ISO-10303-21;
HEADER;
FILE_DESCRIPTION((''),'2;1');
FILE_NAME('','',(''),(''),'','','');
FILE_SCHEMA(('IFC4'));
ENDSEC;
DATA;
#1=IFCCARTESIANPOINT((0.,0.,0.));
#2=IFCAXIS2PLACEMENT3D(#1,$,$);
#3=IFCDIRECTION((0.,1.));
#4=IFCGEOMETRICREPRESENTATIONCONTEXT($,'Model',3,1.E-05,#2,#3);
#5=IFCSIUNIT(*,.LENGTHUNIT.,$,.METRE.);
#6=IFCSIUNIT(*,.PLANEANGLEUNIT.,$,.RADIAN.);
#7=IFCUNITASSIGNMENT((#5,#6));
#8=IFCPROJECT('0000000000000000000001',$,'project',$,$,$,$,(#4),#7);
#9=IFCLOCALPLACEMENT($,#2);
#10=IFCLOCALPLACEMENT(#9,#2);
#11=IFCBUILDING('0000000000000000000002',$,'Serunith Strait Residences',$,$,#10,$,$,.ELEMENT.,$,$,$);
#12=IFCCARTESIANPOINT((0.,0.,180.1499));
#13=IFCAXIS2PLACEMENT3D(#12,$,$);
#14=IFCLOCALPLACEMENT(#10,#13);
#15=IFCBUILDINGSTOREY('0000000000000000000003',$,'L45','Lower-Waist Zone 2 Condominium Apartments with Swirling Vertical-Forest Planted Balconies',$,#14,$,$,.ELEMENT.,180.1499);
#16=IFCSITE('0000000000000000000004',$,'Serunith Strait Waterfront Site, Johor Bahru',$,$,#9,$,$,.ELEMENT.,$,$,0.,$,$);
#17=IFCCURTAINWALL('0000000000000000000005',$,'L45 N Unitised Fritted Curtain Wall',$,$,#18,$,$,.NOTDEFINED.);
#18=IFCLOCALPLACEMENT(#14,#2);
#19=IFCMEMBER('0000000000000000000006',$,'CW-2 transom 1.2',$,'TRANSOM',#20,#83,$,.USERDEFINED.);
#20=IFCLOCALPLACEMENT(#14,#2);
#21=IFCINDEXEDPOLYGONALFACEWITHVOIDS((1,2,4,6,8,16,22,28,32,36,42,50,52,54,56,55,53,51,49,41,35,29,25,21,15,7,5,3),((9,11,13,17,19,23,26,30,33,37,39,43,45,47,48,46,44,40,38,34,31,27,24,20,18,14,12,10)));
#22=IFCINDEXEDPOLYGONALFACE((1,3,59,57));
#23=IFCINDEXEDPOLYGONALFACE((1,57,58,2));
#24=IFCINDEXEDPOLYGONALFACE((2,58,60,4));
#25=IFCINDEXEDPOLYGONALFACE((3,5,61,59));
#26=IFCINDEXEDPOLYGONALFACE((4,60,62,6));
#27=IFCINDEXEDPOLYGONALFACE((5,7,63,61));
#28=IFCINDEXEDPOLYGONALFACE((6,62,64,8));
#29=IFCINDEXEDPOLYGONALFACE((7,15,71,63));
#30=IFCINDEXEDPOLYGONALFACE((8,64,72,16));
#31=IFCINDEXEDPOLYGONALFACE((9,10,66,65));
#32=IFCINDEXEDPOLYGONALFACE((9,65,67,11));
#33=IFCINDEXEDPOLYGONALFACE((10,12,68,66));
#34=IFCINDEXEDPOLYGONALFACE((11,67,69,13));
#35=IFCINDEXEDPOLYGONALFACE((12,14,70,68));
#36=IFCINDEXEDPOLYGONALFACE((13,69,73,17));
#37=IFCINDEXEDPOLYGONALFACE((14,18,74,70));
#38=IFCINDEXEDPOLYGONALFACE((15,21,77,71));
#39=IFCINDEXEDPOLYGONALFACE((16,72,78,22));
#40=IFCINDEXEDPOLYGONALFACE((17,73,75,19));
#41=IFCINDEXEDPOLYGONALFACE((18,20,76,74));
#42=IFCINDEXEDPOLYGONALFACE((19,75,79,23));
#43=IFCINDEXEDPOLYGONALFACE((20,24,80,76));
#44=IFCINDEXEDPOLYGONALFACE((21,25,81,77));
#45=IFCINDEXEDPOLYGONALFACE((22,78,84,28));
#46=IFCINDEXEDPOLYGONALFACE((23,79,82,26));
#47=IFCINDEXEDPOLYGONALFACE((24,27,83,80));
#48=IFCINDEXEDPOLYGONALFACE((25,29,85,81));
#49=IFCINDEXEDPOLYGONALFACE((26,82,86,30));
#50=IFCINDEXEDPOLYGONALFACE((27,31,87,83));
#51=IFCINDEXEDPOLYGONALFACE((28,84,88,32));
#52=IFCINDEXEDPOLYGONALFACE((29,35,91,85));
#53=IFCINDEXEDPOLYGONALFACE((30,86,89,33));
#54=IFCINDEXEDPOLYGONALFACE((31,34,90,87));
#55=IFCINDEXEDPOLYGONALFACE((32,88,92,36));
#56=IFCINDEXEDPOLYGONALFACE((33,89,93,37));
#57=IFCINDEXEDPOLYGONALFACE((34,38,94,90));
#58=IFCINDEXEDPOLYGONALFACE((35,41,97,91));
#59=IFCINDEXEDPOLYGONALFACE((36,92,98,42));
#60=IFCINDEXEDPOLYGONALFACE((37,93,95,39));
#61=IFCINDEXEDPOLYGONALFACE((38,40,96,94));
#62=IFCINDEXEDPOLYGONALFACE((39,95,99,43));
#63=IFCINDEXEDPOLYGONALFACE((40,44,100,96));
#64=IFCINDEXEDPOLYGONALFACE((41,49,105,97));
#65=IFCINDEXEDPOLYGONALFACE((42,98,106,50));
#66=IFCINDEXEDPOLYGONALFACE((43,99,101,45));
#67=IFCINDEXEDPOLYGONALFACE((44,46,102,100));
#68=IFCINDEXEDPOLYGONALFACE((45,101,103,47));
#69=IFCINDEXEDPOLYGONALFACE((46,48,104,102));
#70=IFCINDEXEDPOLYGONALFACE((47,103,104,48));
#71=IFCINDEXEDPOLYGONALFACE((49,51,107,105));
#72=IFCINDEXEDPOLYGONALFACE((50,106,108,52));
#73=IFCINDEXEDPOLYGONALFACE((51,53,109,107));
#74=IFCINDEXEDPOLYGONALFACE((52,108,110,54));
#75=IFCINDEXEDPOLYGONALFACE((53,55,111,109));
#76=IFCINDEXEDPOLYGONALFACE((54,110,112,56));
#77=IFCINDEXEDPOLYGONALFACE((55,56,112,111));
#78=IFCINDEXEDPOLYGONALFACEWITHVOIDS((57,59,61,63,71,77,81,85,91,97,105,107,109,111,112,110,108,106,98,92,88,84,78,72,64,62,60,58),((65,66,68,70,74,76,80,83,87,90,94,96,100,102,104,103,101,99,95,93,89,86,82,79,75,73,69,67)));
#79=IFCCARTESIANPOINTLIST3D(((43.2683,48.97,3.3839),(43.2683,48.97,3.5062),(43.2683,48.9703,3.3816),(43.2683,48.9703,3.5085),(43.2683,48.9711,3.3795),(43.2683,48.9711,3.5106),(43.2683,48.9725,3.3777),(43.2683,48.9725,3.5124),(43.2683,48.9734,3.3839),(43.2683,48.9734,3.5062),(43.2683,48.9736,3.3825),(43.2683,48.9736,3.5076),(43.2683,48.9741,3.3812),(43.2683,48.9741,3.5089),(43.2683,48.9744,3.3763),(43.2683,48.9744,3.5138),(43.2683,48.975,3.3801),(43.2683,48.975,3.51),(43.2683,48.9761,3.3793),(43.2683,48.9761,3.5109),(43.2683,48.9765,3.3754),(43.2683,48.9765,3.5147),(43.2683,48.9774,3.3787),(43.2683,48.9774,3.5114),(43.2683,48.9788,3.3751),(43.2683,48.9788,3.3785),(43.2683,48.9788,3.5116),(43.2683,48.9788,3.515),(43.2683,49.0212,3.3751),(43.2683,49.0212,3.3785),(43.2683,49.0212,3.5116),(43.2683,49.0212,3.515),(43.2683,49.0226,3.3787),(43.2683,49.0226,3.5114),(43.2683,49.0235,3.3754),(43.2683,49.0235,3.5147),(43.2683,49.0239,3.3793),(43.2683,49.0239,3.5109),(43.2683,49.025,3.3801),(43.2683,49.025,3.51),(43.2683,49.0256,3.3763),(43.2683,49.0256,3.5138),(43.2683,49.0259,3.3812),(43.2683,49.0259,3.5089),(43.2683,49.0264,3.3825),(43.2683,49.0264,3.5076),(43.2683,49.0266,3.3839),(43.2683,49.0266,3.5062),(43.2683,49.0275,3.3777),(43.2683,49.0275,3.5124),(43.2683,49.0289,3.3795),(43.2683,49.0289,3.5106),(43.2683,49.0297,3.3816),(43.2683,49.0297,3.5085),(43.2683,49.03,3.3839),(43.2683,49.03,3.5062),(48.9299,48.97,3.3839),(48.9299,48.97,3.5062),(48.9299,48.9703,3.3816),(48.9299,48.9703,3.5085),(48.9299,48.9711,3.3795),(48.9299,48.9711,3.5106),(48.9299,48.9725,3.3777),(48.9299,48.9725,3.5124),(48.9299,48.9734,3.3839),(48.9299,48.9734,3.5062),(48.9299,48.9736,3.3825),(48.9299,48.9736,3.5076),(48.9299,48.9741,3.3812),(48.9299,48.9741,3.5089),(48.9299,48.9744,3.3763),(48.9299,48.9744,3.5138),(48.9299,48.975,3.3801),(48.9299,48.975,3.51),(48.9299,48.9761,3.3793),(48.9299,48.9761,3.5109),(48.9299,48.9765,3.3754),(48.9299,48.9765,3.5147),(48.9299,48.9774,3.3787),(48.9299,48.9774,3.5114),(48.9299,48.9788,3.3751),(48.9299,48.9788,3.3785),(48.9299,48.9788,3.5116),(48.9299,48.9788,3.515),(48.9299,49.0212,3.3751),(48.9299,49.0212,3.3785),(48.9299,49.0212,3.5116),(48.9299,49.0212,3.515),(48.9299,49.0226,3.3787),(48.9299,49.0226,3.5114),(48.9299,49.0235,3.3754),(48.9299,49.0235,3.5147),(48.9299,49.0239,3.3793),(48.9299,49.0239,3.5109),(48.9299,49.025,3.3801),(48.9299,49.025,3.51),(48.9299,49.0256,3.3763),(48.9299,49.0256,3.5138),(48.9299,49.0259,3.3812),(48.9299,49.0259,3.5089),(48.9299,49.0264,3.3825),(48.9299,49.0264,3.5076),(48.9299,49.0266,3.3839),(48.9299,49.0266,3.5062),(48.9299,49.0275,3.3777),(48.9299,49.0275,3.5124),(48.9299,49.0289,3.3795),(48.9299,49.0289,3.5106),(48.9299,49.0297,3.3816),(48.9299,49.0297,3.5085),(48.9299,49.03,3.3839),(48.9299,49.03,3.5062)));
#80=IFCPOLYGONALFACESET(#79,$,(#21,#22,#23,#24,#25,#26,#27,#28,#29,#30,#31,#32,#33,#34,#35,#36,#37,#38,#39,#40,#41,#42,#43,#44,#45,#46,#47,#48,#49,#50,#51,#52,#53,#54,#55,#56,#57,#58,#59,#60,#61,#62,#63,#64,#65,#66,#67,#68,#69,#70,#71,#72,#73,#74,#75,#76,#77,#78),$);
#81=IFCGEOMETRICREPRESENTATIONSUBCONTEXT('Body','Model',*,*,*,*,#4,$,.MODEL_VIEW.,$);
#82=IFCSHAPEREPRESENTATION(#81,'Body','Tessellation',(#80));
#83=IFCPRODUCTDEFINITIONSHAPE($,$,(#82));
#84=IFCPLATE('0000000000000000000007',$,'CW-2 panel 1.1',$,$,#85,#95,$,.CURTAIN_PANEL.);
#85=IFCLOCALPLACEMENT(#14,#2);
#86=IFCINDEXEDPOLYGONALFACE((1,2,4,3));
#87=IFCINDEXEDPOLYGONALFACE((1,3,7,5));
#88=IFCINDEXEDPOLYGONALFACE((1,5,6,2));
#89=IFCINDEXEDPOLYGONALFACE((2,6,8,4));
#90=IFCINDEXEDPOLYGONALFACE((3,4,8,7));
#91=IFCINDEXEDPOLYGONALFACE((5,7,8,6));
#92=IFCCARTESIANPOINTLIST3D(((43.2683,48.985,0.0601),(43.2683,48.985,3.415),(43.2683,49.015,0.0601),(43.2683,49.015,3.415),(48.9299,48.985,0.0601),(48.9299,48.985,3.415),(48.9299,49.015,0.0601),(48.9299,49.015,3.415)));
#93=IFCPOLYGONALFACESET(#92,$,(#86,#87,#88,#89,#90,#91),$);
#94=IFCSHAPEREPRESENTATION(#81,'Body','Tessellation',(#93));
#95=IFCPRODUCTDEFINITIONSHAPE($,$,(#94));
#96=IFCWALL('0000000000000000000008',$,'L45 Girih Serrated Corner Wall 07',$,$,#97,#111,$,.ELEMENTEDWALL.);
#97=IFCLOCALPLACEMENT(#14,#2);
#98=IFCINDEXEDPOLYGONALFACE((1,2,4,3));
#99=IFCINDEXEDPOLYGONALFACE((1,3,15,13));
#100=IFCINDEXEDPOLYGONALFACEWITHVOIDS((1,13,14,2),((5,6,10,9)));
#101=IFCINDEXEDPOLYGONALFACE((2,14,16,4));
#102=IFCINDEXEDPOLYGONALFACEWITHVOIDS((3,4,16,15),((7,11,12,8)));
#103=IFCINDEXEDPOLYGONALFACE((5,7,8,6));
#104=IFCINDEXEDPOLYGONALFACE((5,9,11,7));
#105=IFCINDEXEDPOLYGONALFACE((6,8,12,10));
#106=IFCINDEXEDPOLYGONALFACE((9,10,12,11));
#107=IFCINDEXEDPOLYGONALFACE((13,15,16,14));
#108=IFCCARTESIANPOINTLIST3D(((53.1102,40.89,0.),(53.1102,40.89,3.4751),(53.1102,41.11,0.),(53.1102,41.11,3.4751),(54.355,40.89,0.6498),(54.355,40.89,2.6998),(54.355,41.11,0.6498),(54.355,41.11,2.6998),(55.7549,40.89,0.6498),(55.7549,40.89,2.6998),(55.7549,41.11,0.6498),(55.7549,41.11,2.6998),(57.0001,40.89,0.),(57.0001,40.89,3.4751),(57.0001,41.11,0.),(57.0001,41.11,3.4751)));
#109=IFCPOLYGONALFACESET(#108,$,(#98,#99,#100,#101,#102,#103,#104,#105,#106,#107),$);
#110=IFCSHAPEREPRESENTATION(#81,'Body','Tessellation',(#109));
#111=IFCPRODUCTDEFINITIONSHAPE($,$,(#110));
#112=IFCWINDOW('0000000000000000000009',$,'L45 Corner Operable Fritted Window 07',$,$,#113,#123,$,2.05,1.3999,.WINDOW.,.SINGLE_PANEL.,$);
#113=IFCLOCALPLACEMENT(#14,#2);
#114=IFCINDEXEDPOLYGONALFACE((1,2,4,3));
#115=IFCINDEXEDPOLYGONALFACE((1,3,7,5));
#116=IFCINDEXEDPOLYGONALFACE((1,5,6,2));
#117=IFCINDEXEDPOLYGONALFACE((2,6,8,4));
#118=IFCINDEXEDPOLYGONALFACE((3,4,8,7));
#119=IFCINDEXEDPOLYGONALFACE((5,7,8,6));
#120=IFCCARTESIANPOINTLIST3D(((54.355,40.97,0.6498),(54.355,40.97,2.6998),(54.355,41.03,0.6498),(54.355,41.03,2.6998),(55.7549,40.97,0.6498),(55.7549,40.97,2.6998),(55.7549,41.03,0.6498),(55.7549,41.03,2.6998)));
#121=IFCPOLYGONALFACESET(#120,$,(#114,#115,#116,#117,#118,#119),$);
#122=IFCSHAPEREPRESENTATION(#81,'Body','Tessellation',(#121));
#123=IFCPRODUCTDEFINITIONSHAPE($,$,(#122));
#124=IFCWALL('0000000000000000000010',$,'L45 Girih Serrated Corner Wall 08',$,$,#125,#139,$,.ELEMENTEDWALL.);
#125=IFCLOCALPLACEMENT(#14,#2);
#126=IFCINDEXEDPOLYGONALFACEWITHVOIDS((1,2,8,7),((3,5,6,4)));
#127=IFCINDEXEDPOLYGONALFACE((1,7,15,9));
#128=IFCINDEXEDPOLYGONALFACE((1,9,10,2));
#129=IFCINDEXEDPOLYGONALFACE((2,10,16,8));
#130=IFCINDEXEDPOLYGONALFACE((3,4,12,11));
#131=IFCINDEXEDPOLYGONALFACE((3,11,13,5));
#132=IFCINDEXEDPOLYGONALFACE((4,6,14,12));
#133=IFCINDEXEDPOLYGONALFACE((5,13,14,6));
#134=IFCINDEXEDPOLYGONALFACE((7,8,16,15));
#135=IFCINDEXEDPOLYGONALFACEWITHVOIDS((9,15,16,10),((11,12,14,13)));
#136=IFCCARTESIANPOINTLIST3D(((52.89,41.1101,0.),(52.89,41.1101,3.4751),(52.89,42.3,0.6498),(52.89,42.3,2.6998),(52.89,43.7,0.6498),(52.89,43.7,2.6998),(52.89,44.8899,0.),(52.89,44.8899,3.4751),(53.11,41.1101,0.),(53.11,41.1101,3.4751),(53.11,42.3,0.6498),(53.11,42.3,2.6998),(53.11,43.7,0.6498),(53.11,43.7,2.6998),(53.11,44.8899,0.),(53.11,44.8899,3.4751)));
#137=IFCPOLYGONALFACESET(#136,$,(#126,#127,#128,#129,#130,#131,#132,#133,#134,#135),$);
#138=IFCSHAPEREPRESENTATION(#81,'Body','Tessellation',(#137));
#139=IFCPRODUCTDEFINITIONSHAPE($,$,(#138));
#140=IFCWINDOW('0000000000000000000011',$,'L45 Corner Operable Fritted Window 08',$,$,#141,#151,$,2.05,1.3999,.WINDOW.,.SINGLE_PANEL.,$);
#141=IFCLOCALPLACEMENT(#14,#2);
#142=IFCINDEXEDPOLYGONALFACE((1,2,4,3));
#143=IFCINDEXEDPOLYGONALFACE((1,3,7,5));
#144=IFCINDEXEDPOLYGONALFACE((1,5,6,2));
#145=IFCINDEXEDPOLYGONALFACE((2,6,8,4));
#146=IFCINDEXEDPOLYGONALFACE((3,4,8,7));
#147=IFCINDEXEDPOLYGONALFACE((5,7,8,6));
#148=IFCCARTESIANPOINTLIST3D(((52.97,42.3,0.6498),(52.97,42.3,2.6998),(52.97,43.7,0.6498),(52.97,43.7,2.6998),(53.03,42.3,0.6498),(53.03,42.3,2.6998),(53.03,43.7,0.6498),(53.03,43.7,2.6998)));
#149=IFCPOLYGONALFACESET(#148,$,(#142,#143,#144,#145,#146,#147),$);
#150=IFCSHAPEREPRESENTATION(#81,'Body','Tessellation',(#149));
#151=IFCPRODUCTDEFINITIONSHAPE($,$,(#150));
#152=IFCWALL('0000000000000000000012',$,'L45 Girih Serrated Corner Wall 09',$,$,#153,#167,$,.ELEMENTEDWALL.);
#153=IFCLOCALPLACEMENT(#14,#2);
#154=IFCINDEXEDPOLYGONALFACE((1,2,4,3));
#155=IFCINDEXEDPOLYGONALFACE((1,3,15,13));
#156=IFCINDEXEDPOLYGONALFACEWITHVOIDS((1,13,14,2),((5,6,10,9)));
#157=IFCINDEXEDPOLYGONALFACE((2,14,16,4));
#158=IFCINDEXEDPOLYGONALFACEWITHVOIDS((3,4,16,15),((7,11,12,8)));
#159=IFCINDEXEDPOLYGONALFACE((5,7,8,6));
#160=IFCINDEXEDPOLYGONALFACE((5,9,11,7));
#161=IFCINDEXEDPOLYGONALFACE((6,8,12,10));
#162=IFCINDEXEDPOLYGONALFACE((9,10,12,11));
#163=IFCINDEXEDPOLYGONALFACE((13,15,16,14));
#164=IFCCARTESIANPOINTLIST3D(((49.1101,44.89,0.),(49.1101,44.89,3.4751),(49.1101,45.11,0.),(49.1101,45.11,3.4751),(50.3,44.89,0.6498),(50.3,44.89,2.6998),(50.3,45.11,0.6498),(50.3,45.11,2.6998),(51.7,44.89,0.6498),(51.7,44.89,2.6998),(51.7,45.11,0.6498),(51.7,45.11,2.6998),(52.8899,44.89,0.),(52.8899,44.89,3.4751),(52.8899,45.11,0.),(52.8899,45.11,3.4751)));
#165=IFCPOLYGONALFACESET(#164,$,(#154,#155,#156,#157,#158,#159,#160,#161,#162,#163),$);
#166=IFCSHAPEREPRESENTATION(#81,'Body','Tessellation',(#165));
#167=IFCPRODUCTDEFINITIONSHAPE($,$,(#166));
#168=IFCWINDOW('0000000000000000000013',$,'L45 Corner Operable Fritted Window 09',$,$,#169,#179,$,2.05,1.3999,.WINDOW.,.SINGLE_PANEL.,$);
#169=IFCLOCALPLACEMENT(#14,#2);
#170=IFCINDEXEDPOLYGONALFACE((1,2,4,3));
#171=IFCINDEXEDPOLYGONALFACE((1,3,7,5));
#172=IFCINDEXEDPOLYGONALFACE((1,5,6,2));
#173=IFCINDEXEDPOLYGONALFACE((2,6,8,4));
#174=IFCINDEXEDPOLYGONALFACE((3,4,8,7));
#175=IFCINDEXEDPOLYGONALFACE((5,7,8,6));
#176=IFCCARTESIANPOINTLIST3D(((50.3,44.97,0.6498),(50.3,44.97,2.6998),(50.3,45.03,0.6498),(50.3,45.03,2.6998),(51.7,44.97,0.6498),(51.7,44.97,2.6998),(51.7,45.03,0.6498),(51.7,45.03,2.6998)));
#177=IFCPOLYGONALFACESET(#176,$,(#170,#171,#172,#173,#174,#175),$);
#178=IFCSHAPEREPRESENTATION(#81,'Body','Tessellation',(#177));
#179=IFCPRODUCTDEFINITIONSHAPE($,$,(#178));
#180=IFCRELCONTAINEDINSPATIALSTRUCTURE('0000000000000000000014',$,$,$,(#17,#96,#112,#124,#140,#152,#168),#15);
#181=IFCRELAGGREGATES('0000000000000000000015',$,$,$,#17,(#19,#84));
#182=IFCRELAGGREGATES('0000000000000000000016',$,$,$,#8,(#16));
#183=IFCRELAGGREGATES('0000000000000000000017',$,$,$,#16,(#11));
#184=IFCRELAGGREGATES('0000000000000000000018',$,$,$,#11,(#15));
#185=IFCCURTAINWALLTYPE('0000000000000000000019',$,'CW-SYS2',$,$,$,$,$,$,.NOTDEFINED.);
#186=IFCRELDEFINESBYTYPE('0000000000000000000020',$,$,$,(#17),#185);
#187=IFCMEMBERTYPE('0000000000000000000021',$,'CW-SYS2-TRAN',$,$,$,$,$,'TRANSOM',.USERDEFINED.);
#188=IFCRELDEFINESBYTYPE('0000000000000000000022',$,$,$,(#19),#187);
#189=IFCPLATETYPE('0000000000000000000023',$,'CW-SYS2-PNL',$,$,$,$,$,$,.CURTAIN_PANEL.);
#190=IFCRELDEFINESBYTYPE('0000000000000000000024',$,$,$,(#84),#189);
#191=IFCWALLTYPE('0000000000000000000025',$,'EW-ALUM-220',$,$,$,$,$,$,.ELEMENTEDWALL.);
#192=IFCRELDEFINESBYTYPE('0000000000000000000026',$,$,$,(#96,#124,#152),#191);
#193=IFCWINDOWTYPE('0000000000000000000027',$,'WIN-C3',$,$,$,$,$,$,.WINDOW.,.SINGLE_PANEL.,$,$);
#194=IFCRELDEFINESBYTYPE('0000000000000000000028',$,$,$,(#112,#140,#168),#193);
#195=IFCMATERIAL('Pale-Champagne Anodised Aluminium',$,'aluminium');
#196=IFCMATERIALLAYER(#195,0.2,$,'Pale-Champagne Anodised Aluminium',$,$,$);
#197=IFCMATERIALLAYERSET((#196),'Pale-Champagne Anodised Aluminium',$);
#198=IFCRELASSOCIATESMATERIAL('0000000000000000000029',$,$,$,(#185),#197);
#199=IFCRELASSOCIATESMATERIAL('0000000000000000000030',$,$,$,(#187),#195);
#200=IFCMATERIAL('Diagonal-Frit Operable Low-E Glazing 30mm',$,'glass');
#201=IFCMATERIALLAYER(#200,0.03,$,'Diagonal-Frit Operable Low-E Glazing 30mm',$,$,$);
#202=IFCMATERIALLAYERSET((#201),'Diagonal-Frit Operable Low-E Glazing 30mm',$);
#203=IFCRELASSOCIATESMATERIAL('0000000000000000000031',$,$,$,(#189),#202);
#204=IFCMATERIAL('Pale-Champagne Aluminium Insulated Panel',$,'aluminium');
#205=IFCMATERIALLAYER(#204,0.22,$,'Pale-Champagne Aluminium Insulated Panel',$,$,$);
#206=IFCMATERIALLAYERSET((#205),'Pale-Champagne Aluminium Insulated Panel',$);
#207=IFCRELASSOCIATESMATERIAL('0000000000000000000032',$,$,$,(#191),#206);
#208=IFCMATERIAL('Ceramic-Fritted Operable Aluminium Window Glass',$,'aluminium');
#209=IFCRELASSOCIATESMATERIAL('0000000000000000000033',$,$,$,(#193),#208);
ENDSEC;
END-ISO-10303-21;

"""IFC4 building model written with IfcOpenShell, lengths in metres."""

from ifc_helpers import new_model, si_unit, direction, frame, frame_2d, origin, origin_2d, place, context, subcontext, project, spatial, rectangle, hollow_rectangle, extrude, source, transform, mapped, material, layer, layer_set, material_profile, profile_set, type_object, element, fill, aggregate, save


model = new_model("IFC4")

# Units and contexts
model_context = context("Model", 3, precision=1e-05, world=origin(), true_north=direction((0.0, 1.0)))
body_context = subcontext(model_context, "Body", "Model", "MODEL_VIEW")
ifc_project = project(units=[si_unit("LENGTHUNIT", "METRE"), si_unit("PLANEANGLEUNIT", "RADIAN")], contexts=[model_context])

# Site, building, storey
site_placement = place(None, origin())
site = spatial("IfcSite", under=ifc_project, at=site_placement, Name="Serunith Strait Waterfront Site, Johor Bahru", CompositionType="ELEMENT", RefElevation=0.0)
building_placement = place(site_placement, origin())
building = spatial("IfcBuilding", under=site, at=building_placement, Name="Serunith Strait Residences", CompositionType="ELEMENT")
storey_placement = place(building_placement, frame((0.0, 0.0, 180.1499)))
storey = spatial("IfcBuildingStorey", under=building, at=storey_placement, Name="L45", Description="Lower-Waist Zone 2 Condominium Apartments with Swirling Vertical-Forest Planted Balconies", CompositionType="ELEMENT", Elevation=180.1499)

# Shared definitions
ifc_material_1 = material(Name="Pale-Champagne Anodised Aluminium", Category="aluminium")
ifc_layer_1 = layer(ifc_material_1, 0.2, Name="Pale-Champagne Anodised Aluminium")
ifc_layer_set_1 = layer_set([ifc_layer_1], Name="Pale-Champagne Anodised Aluminium")
curtain_wall_type = type_object("IfcCurtainWallType", Name="CW-SYS2", PredefinedType="NOTDEFINED", material=ifc_layer_set_1)

# Curtain wall, member, plate
curtain_wall_1_placement = place(storey_placement, origin())
curtain_wall_1 = element("IfcCurtainWall", 1, at=curtain_wall_1_placement, inside=storey, type_object=curtain_wall_type, Name="L45 N Unitised Fritted Curtain Wall", PredefinedType="NOTDEFINED")
ifc_material_profile_1 = material_profile(ifc_material_1, hollow_rectangle(XDim=0.0601, YDim=0.1399, WallThickness=0.0034, InnerFilletRadius=0.0054, OuterFilletRadius=0.0088, at=origin_2d()), Name="ALU 140x60x3.5")
ifc_profile_set_1 = profile_set([ifc_material_profile_1], Name="Pale-Champagne Anodised Aluminium")
member_type_1 = type_object("IfcMemberType", Name="CW-SYS2-TRAN", ElementType="TRANSOM", PredefinedType="USERDEFINED", material=ifc_profile_set_1)
shared_shape_1 = source(origin(), body_context, "Body", "SweptSolid", [
    extrude(hollow_rectangle(XDim=0.0601, YDim=0.1399, WallThickness=0.0034, InnerFilletRadius=0.0054, OuterFilletRadius=0.0088, at=origin_2d()), origin(), (0.0, 0.0, 1.0), 5.6616),
])
member_1_placement = place(storey_placement, frame((48.9299, 49.0, 3.4451), z_axis=(-1.0, 0.0, 0.0), x_axis=(0.0, -1.0, 0.0)))
member_1 = element("IfcMember", 2, at=member_1_placement, type_object=member_type_1, Name="CW-2 transom 1.2", ObjectType="TRANSOM", PredefinedType="USERDEFINED", context=body_context, shape_type="MappedRepresentation", body=[
    mapped(shared_shape_1, transform((0.0, 0.0, 0.0), scale=1.0)),
])
ifc_material_2 = material(Name="Diagonal-Frit Operable Low-E Glazing 30mm", Category="glass")
ifc_layer_2 = layer(ifc_material_2, 0.03, Name="Diagonal-Frit Operable Low-E Glazing 30mm")
ifc_layer_set_2 = layer_set([ifc_layer_2], Name="Diagonal-Frit Operable Low-E Glazing 30mm")
plate_type = type_object("IfcPlateType", Name="CW-SYS2-PNL", PredefinedType="CURTAIN_PANEL", material=ifc_layer_set_2)
shared_shape_2 = source(origin(), body_context, "Body", "SweptSolid", [
    extrude(rectangle(XDim=5.6616, YDim=0.03, at=origin_2d()), origin(), (0.0, 0.0, 1.0), 3.355),
])
plate_placement = place(storey_placement, frame((46.0991, 49.0, 0.0601), z_axis=(0.0, 0.0, 1.0), x_axis=(-1.0, 0.0, 0.0)))
plate = element("IfcPlate", 3, at=plate_placement, type_object=plate_type, Name="CW-2 panel 1.1", PredefinedType="CURTAIN_PANEL", context=body_context, shape_type="MappedRepresentation", body=[
    mapped(shared_shape_2, transform((0.0, 0.0, 0.0), scale=1.0)),
])
aggregate(curtain_wall_1, [member_1, plate])

# Walls, openings, windows
ifc_material_3 = material(Name="Pale-Champagne Aluminium Insulated Panel", Category="aluminium")
ifc_layer_3 = layer(ifc_material_3, 0.22, Name="Pale-Champagne Aluminium Insulated Panel")
ifc_layer_set_3 = layer_set([ifc_layer_3], Name="Pale-Champagne Aluminium Insulated Panel")
wall_type_1 = type_object("IfcWallType", Name="EW-ALUM-220", PredefinedType="ELEMENTEDWALL", material=ifc_layer_set_3)
wall_1_placement = place(storey_placement, frame((57.0, 41.0, 0.0), z_axis=(0.0, 0.0, 1.0), x_axis=(-1.0, 0.0, 0.0)))
wall_1 = element("IfcWall", 4, at=wall_1_placement, inside=storey, type_object=wall_type_1, Name="L45 Girih Serrated Corner Wall 07", PredefinedType="ELEMENTEDWALL", context=body_context, shape_type="SweptSolid", body=[
    extrude(rectangle(XDim=3.8899, YDim=0.22, at=frame_2d((1.9448, 0.0))), origin(), (0.0, 0.0, 1.0), 3.4751),
])
opening_1_placement = place(wall_1_placement, frame((1.2451, 0.0, 0.6499)))
opening_1 = element("IfcOpeningElement", 5, at=opening_1_placement, cuts=wall_1, PredefinedType="OPENING", context=body_context, shape_type="SweptSolid", body=[
    extrude(rectangle(XDim=1.3999, YDim=2.05, at=frame_2d((0.7, 1.0249))), frame((0.0, 0.1201, 0.0), z_axis=(0.0, -1.0, 0.0), x_axis=(1.0, 0.0, 0.0)), (0.0, 0.0, 1.0), 0.24),
])
ifc_material_4 = material(Name="Ceramic-Fritted Operable Aluminium Window Glass", Category="aluminium")
window_type = type_object("IfcWindowType", Name="WIN-C3", PartitioningType="SINGLE_PANEL", PredefinedType="WINDOW", material=ifc_material_4)
shared_shape_3 = source(origin(), body_context, "Body", "SweptSolid", [
    extrude(rectangle(XDim=1.3999, YDim=2.05, at=frame_2d((0.7, 1.0249))), frame((0.0, 0.03, 0.0), z_axis=(0.0, -1.0, 0.0), x_axis=(1.0, 0.0, 0.0)), (0.0, 0.0, 1.0), 0.0601),
])
window_1_placement = place(opening_1_placement, origin())
window_1 = element("IfcWindow", 6, at=window_1_placement, inside=storey, type_object=window_type, Name="L45 Corner Operable Fritted Window 07", OverallHeight=2.05, OverallWidth=1.3999, PartitioningType="SINGLE_PANEL", PredefinedType="WINDOW", context=body_context, shape_type="MappedRepresentation", body=[
    mapped(shared_shape_3, transform((0.0, 0.0, 0.0), scale=1.0)),
])
fill(opening_1, window_1)
wall_2_placement = place(storey_placement, frame((53.0, 41.1101, 0.0), z_axis=(0.0, 0.0, 1.0), x_axis=(0.0, 1.0, 0.0)))
wall_2 = element("IfcWall", 7, at=wall_2_placement, inside=storey, type_object=wall_type_1, Name="L45 Girih Serrated Corner Wall 08", PredefinedType="ELEMENTEDWALL", context=body_context, shape_type="SweptSolid", body=[
    extrude(rectangle(XDim=3.7798, YDim=0.22, at=frame_2d((1.8899, 0.0))), origin(), (0.0, 0.0, 1.0), 3.4751),
])
opening_2_placement = place(wall_2_placement, frame((1.1899, 0.0, 0.6499)))
opening_2 = element("IfcOpeningElement", 8, at=opening_2_placement, cuts=wall_2, PredefinedType="OPENING", context=body_context, shape_type="SweptSolid", body=[
    extrude(rectangle(XDim=1.3999, YDim=2.05, at=frame_2d((0.7, 1.0249))), frame((0.0, 0.1201, 0.0), z_axis=(0.0, -1.0, 0.0), x_axis=(1.0, 0.0, 0.0)), (0.0, 0.0, 1.0), 0.24),
])
window_2_placement = place(opening_2_placement, origin())
window_2 = element("IfcWindow", 9, at=window_2_placement, inside=storey, type_object=window_type, Name="L45 Corner Operable Fritted Window 08", OverallHeight=2.05, OverallWidth=1.3999, PartitioningType="SINGLE_PANEL", PredefinedType="WINDOW", context=body_context, shape_type="MappedRepresentation", body=[
    mapped(shared_shape_3, transform((0.0, 0.0, 0.0), scale=1.0)),
])
fill(opening_2, window_2)
wall_3_placement = place(storey_placement, frame((52.8899, 45.0, 0.0), z_axis=(0.0, 0.0, 1.0), x_axis=(-1.0, 0.0, 0.0)))
wall_3 = element("IfcWall", 10, at=wall_3_placement, inside=storey, type_object=wall_type_1, Name="L45 Girih Serrated Corner Wall 09", PredefinedType="ELEMENTEDWALL", context=body_context, shape_type="SweptSolid", body=[
    extrude(rectangle(XDim=3.7798, YDim=0.22, at=frame_2d((1.8899, 0.0))), origin(), (0.0, 0.0, 1.0), 3.4751),
])
opening_3_placement = place(wall_3_placement, frame((1.1899, 0.0, 0.6499)))
opening_3 = element("IfcOpeningElement", 11, at=opening_3_placement, cuts=wall_3, PredefinedType="OPENING", context=body_context, shape_type="SweptSolid", body=[
    extrude(rectangle(XDim=1.3999, YDim=2.05, at=frame_2d((0.7, 1.0249))), frame((0.0, 0.1201, 0.0), z_axis=(0.0, -1.0, 0.0), x_axis=(1.0, 0.0, 0.0)), (0.0, 0.0, 1.0), 0.24),
])
window_3_placement = place(opening_3_placement, origin())
window_3 = element("IfcWindow", 12, at=window_3_placement, inside=storey, type_object=window_type, Name="L45 Corner Operable Fritted Window 09", OverallHeight=2.05, OverallWidth=1.3999, PartitioningType="SINGLE_PANEL", PredefinedType="WINDOW", context=body_context, shape_type="MappedRepresentation", body=[
    mapped(shared_shape_3, transform((0.0, 0.0, 0.0), scale=1.0)),
])
fill(opening_3, window_3)

save(model, "model.ifc")
